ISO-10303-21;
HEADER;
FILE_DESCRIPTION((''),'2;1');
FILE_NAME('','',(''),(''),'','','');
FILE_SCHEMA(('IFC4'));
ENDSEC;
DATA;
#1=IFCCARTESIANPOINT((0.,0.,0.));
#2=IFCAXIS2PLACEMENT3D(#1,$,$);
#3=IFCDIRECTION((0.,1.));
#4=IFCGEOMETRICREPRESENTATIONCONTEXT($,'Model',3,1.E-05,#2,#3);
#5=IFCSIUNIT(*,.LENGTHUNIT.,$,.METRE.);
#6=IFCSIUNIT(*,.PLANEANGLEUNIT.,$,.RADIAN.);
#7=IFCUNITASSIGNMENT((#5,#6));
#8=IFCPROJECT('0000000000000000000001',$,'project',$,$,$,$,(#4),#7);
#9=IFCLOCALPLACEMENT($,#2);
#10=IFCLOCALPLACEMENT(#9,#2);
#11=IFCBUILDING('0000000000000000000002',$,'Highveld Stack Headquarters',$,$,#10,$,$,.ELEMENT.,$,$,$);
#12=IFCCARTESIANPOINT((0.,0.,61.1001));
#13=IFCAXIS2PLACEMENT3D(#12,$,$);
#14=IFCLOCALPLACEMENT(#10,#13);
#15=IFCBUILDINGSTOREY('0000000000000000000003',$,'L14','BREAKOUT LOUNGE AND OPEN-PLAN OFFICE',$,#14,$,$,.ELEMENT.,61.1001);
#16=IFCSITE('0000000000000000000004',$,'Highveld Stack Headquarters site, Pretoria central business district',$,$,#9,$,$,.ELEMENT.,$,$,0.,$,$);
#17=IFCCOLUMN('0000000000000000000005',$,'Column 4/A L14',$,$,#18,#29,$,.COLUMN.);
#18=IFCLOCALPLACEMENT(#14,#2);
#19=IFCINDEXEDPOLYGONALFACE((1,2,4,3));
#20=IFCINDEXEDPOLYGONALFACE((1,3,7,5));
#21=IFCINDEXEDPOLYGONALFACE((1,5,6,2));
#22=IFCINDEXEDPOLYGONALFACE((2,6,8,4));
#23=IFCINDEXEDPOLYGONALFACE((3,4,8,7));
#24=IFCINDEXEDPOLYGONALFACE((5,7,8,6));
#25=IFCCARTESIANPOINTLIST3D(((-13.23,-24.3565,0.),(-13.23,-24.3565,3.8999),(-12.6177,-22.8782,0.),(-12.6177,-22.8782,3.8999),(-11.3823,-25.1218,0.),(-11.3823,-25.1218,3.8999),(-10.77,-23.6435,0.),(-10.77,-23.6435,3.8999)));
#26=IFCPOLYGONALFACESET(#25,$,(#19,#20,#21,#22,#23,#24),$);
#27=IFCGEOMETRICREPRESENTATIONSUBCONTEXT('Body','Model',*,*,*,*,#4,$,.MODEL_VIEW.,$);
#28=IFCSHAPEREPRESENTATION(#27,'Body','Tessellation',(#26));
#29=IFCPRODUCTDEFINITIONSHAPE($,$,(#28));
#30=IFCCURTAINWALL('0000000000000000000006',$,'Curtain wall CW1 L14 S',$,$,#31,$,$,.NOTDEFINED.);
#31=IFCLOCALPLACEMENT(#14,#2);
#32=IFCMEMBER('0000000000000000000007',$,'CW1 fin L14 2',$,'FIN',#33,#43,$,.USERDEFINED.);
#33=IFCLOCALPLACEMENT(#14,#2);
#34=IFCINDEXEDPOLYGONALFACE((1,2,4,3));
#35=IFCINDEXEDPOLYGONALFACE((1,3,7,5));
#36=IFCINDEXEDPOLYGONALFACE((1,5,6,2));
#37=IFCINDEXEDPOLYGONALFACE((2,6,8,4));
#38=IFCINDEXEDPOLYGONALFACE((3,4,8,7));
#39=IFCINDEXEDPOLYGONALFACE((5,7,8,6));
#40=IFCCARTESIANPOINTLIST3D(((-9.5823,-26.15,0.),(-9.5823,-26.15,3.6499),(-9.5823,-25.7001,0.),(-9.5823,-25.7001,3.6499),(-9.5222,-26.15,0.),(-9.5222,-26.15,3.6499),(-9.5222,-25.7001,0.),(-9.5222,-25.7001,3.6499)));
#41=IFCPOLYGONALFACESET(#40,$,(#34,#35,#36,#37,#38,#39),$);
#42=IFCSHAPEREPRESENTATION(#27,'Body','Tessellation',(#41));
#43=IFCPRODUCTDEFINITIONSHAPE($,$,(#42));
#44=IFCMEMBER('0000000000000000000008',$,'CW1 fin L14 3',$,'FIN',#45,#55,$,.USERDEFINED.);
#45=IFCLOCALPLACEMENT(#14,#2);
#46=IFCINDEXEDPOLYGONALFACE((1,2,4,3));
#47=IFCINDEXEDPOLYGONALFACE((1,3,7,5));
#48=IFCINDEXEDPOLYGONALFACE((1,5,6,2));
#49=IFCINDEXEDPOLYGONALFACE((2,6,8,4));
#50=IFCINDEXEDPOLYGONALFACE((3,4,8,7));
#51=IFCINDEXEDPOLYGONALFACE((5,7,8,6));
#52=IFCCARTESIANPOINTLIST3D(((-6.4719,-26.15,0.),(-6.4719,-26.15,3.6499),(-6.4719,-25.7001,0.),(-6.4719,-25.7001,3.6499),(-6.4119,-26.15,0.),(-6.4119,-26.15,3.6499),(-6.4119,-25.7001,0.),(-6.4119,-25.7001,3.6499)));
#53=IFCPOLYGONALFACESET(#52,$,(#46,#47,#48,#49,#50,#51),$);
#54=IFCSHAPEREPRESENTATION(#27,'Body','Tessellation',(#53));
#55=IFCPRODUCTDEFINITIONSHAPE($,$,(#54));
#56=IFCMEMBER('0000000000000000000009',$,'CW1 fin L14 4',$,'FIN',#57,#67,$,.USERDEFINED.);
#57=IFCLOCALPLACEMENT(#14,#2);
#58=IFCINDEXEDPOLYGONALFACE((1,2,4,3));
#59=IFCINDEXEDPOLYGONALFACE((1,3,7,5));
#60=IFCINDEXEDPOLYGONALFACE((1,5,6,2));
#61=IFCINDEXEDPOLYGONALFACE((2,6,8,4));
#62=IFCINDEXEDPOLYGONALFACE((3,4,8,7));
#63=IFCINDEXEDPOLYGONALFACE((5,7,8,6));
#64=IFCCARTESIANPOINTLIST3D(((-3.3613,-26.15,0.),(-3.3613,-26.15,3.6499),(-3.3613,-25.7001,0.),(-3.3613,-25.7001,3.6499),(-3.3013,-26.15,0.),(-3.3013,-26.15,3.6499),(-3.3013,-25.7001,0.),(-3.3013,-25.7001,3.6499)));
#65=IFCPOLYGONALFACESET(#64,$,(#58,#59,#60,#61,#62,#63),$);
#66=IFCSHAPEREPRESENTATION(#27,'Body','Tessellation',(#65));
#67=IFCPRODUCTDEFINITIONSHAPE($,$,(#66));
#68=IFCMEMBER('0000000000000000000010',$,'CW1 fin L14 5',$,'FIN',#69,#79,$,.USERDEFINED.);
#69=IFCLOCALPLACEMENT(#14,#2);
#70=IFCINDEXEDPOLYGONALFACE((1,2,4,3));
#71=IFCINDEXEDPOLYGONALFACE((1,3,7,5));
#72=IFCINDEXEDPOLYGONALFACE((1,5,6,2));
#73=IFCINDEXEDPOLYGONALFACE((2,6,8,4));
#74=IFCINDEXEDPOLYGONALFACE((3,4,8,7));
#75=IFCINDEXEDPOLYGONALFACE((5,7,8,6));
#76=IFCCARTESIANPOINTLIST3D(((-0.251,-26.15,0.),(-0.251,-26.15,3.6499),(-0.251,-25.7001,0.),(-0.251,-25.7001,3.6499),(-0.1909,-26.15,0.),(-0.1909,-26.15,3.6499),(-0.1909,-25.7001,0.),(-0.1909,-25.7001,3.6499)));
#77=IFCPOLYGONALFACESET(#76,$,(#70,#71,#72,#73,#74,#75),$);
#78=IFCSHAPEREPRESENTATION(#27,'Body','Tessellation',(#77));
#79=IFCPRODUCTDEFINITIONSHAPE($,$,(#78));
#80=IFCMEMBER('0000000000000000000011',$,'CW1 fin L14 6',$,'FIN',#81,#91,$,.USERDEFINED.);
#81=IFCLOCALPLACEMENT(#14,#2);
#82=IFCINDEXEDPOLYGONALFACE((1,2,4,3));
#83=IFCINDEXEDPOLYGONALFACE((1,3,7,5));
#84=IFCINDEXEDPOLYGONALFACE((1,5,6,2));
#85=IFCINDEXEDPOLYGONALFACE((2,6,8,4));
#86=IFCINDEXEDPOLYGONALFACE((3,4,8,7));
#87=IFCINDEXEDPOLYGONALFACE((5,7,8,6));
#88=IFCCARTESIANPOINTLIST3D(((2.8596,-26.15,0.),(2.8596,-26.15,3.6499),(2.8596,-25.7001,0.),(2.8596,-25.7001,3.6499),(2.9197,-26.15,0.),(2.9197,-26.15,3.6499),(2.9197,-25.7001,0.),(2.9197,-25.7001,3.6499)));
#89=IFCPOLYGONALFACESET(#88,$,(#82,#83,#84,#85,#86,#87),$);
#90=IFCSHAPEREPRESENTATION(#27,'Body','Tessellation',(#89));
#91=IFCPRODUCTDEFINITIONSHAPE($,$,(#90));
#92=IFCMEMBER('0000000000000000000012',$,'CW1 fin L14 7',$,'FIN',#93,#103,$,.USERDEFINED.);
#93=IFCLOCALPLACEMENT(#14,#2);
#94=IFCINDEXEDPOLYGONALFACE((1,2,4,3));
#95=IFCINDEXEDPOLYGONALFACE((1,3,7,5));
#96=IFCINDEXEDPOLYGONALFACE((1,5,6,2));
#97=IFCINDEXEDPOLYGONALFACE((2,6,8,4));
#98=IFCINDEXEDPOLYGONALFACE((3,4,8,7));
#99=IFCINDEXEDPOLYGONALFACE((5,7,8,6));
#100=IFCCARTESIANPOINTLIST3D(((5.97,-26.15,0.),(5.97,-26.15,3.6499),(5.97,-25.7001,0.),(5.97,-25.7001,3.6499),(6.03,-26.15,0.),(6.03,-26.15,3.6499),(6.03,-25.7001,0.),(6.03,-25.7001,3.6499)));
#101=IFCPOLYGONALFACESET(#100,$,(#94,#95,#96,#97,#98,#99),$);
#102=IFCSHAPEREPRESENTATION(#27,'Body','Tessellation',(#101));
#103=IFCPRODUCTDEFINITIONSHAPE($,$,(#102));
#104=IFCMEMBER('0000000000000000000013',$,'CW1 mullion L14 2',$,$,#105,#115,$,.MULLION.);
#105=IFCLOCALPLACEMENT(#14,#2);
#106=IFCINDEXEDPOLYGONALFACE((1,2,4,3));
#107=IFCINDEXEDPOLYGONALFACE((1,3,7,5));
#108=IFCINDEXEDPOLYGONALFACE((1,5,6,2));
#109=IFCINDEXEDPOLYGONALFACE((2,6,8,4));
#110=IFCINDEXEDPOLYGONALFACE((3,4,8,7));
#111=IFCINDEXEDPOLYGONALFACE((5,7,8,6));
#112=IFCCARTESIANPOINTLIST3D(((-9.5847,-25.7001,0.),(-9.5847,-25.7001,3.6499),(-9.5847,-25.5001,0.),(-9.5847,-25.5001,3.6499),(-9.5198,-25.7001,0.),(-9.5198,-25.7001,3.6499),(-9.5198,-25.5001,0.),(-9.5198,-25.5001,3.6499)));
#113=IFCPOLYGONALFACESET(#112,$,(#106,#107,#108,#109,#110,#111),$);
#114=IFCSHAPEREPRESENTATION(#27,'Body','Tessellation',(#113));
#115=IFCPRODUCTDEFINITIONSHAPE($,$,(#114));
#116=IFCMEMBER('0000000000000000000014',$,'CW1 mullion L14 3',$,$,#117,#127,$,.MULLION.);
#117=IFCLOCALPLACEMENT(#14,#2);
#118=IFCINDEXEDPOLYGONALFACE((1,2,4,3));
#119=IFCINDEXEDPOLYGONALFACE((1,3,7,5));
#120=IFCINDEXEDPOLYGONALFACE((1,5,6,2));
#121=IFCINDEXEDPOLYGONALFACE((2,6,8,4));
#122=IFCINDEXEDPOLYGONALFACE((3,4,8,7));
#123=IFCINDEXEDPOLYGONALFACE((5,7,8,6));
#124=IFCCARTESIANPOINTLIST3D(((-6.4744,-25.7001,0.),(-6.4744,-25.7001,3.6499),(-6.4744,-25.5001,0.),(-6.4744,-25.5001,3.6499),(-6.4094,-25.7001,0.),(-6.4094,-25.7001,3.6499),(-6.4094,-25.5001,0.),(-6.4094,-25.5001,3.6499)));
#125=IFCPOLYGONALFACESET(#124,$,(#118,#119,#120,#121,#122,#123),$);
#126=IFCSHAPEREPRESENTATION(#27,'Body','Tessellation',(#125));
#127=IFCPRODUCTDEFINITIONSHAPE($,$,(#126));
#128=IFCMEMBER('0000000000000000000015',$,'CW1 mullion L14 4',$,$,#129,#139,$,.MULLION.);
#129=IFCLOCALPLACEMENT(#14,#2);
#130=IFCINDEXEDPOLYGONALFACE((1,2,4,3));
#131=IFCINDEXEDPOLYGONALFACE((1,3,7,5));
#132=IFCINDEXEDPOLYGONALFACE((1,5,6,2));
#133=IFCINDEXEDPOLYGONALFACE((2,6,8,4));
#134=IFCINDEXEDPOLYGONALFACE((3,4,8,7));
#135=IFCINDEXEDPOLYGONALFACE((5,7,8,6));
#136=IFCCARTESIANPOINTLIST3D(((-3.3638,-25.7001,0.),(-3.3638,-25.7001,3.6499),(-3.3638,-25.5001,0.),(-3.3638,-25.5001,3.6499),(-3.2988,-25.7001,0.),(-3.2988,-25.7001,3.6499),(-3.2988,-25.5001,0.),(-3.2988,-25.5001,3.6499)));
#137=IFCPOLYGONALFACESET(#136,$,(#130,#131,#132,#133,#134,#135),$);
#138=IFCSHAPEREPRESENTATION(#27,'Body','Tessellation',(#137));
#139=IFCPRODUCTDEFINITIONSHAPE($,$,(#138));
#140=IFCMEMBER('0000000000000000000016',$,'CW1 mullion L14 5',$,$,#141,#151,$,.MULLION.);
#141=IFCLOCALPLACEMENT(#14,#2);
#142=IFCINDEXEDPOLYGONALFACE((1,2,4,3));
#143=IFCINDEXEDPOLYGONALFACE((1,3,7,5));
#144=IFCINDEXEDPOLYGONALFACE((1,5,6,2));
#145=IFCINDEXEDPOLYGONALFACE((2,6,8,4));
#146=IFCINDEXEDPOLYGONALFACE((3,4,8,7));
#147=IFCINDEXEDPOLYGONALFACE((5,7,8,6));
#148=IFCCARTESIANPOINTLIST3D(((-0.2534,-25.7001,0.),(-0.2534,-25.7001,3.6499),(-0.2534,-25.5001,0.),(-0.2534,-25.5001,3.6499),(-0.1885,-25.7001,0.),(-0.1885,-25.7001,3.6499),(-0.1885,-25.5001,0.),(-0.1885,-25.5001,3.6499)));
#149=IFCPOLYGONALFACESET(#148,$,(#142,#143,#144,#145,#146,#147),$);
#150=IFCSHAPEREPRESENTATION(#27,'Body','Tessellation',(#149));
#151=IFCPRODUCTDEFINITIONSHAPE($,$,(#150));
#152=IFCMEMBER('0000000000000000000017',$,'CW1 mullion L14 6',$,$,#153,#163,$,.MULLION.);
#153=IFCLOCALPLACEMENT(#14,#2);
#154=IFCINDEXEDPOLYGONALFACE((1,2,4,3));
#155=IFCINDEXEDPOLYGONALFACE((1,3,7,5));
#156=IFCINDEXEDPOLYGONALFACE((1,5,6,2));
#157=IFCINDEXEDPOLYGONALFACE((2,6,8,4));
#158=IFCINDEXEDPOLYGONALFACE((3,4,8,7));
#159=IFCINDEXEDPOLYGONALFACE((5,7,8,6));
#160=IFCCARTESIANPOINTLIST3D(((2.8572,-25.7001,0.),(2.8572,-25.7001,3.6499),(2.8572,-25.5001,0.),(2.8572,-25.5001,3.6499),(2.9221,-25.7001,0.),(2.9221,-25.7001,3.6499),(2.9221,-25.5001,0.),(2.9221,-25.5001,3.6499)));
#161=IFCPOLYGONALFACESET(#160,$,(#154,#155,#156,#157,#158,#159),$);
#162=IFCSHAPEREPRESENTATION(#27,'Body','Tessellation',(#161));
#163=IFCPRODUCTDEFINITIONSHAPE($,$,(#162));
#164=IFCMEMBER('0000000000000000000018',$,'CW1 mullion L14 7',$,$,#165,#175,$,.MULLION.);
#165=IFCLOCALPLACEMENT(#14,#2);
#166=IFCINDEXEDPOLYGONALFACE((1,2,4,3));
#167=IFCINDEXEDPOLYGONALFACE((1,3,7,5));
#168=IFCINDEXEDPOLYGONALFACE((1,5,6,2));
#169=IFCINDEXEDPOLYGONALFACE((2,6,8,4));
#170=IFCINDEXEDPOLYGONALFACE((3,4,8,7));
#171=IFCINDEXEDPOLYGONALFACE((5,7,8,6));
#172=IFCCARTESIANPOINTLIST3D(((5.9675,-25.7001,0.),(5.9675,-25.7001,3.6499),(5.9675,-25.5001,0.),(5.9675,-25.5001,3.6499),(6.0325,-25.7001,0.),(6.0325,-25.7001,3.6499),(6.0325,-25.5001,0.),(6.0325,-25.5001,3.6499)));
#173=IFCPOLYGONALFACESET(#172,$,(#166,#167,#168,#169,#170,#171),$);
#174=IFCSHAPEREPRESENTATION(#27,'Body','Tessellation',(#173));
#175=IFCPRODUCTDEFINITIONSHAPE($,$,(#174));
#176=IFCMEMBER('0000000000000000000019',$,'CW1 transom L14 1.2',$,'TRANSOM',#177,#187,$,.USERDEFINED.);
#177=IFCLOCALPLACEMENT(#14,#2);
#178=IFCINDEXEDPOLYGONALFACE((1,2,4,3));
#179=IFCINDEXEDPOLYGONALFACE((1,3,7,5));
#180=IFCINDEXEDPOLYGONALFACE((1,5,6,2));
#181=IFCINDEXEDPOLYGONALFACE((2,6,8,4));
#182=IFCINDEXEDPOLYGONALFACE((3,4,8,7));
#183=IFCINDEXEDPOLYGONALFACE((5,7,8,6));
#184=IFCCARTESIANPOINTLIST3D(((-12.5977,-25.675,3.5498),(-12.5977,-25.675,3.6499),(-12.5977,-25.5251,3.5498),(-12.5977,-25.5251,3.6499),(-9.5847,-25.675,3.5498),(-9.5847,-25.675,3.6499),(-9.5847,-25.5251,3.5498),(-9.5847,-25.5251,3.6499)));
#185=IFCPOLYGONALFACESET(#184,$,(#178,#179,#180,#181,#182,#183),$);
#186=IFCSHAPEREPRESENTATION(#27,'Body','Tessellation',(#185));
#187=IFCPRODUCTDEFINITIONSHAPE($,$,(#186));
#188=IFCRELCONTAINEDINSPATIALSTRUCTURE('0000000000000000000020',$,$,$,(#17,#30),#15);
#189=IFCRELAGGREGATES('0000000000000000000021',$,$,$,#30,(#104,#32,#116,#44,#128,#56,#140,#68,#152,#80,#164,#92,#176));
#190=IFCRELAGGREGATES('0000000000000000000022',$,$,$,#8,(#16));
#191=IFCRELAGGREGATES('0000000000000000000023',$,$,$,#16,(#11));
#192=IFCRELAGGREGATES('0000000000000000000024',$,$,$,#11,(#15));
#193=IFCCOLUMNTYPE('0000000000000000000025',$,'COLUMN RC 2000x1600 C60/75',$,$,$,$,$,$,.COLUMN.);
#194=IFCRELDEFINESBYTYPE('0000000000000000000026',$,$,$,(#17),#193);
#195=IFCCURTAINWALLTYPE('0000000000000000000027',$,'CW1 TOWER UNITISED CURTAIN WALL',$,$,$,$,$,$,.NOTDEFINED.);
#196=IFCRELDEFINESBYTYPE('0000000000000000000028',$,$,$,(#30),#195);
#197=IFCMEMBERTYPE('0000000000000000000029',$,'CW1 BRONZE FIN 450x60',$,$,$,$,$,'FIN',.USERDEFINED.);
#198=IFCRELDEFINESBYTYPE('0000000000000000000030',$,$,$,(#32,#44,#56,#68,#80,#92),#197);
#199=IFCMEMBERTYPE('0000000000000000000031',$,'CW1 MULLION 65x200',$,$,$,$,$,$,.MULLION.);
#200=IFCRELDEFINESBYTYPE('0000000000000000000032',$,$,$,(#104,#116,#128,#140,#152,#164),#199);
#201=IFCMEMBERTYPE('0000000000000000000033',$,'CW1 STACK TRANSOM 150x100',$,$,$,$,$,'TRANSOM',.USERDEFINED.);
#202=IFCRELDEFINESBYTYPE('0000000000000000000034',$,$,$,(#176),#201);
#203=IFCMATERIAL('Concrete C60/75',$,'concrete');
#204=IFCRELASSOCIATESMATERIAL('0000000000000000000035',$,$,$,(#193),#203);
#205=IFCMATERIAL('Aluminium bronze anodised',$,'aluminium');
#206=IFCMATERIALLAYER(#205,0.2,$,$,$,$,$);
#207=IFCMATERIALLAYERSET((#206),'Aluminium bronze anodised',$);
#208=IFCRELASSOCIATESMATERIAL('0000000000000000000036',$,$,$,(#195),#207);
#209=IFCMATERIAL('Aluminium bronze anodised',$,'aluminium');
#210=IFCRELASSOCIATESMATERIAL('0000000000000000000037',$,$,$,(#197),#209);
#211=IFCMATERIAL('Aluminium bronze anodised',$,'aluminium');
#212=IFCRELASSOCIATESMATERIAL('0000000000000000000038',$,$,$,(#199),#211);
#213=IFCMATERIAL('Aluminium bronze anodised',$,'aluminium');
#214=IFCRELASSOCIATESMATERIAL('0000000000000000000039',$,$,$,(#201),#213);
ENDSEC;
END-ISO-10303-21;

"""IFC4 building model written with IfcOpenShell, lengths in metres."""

from ifc_helpers import new_model, si_unit, direction, frame, origin, origin_2d, place, context, subcontext, project, spatial, rectangle, extrude, material, layer, layer_set, material_profile, profile_set, type_object, element, aggregate, save


model = new_model("IFC4")

# Units and contexts
model_context = context("Model", 3, precision=1e-05, world=origin(), true_north=direction((0.0, 1.0)))
body_context = subcontext(model_context, "Body", "Model", "MODEL_VIEW")
ifc_project = project(units=[si_unit("LENGTHUNIT", "METRE"), si_unit("PLANEANGLEUNIT", "RADIAN")], contexts=[model_context])

# Site, building, storey
site_placement = place(None, origin())
site = spatial("IfcSite", under=ifc_project, at=site_placement, Name="Highveld Stack Headquarters site, Pretoria central business district", CompositionType="ELEMENT", RefElevation=0.0)
building_placement = place(site_placement, origin())
building = spatial("IfcBuilding", under=site, at=building_placement, Name="Highveld Stack Headquarters", CompositionType="ELEMENT")
storey_placement = place(building_placement, frame((0.0, 0.0, 61.1001)))
storey = spatial("IfcBuildingStorey", under=building, at=storey_placement, Name="L14", Description="BREAKOUT LOUNGE AND OPEN-PLAN OFFICE", CompositionType="ELEMENT", Elevation=61.1001)

# Column
ifc_material_1 = material(Name="Concrete C60/75", Category="concrete")
ifc_material_profile_1 = material_profile(ifc_material_1, rectangle(XDim=2.0, YDim=1.6001, at=origin_2d()), Name="RC 2000x1600")
ifc_profile_set_1 = profile_set([ifc_material_profile_1], Name="Concrete C60/75")
column_type = type_object("IfcColumnType", Name="COLUMN RC 2000x1600 C60/75", PredefinedType="COLUMN", material=ifc_profile_set_1)
column_placement = place(storey_placement, frame((-12.0, -24.0, 0.0), z_axis=(0.0, 0.0, 1.0), x_axis=(-0.92388, 0.382683, 0.0)))
element("IfcColumn", 1, at=column_placement, inside=storey, type_object=column_type, Name="Column 4/A L14", PredefinedType="COLUMN", context=body_context, shape_type="SweptSolid", body=[
    extrude(rectangle(XDim=2.0, YDim=1.6001, at=origin_2d()), origin(), (0.0, 0.0, 1.0), 3.8999),
])

# Curtain wall, members
ifc_material_2 = material(Name="Aluminium bronze anodised", Category="aluminium")
ifc_layer_1 = layer(ifc_material_2, 0.2)
ifc_layer_set_1 = layer_set([ifc_layer_1], Name="Aluminium bronze anodised")
curtain_wall_type = type_object("IfcCurtainWallType", Name="CW1 TOWER UNITISED CURTAIN WALL", PredefinedType="NOTDEFINED", material=ifc_layer_set_1)
curtain_wall_placement = place(storey_placement, origin())
curtain_wall = element("IfcCurtainWall", 2, at=curtain_wall_placement, inside=storey, type_object=curtain_wall_type, Name="Curtain wall CW1 L14 S", PredefinedType="NOTDEFINED")
ifc_material_3 = material(Name="Aluminium bronze anodised", Category="aluminium")
ifc_material_profile_2 = material_profile(ifc_material_3, rectangle(XDim=0.45, YDim=0.0601, at=origin_2d()), Name="FIN 450x60")
ifc_profile_set_2 = profile_set([ifc_material_profile_2], Name="Aluminium bronze anodised")
member_type_1 = type_object("IfcMemberType", Name="CW1 BRONZE FIN 450x60", ElementType="FIN", PredefinedType="USERDEFINED", material=ifc_profile_set_2)
member_1_placement = place(storey_placement, frame((-9.5522, -25.925, 0.0), z_axis=(0.0, 0.0, 1.0), x_axis=(0.0, 1.0, 0.0)))
member_1 = element("IfcMember", 3, at=member_1_placement, type_object=member_type_1, Name="CW1 fin L14 2", ObjectType="FIN", PredefinedType="USERDEFINED", context=body_context, shape_type="SweptSolid", body=[
    extrude(rectangle(XDim=0.45, YDim=0.0601, at=origin_2d()), origin(), (0.0, 0.0, 1.0), 3.6499),
])
member_2_placement = place(storey_placement, frame((-6.4419, -25.925, 0.0), z_axis=(0.0, 0.0, 1.0), x_axis=(0.0, 1.0, 0.0)))
member_2 = element("IfcMember", 4, at=member_2_placement, type_object=member_type_1, Name="CW1 fin L14 3", ObjectType="FIN", PredefinedType="USERDEFINED", context=body_context, shape_type="SweptSolid", body=[
    extrude(rectangle(XDim=0.45, YDim=0.0601, at=origin_2d()), origin(), (0.0, 0.0, 1.0), 3.6499),
])
member_3_placement = place(storey_placement, frame((-3.3313, -25.925, 0.0), z_axis=(0.0, 0.0, 1.0), x_axis=(0.0, 1.0, 0.0)))
member_3 = element("IfcMember", 5, at=member_3_placement, type_object=member_type_1, Name="CW1 fin L14 4", ObjectType="FIN", PredefinedType="USERDEFINED", context=body_context, shape_type="SweptSolid", body=[
    extrude(rectangle(XDim=0.45, YDim=0.0601, at=origin_2d()), origin(), (0.0, 0.0, 1.0), 3.6499),
])
member_4_placement = place(storey_placement, frame((-0.2209, -25.925, 0.0), z_axis=(0.0, 0.0, 1.0), x_axis=(0.0, 1.0, 0.0)))
member_4 = element("IfcMember", 6, at=member_4_placement, type_object=member_type_1, Name="CW1 fin L14 5", ObjectType="FIN", PredefinedType="USERDEFINED", context=body_context, shape_type="SweptSolid", body=[
    extrude(rectangle(XDim=0.45, YDim=0.0601, at=origin_2d()), origin(), (0.0, 0.0, 1.0), 3.6499),
])
member_5_placement = place(storey_placement, frame((2.8896, -25.925, 0.0), z_axis=(0.0, 0.0, 1.0), x_axis=(0.0, 1.0, 0.0)))
member_5 = element("IfcMember", 7, at=member_5_placement, type_object=member_type_1, Name="CW1 fin L14 6", ObjectType="FIN", PredefinedType="USERDEFINED", context=body_context, shape_type="SweptSolid", body=[
    extrude(rectangle(XDim=0.45, YDim=0.0601, at=origin_2d()), origin(), (0.0, 0.0, 1.0), 3.6499),
])
member_6_placement = place(storey_placement, frame((6.0, -25.925, 0.0), z_axis=(0.0, 0.0, 1.0), x_axis=(0.0, 1.0, 0.0)))
member_6 = element("IfcMember", 8, at=member_6_placement, type_object=member_type_1, Name="CW1 fin L14 7", ObjectType="FIN", PredefinedType="USERDEFINED", context=body_context, shape_type="SweptSolid", body=[
    extrude(rectangle(XDim=0.45, YDim=0.0601, at=origin_2d()), origin(), (0.0, 0.0, 1.0), 3.6499),
])
ifc_material_4 = material(Name="Aluminium bronze anodised", Category="aluminium")
ifc_material_profile_3 = material_profile(ifc_material_4, rectangle(XDim=0.2, YDim=0.0649, at=origin_2d()), Name="CW1 MULLION 65x200")
ifc_profile_set_3 = profile_set([ifc_material_profile_3], Name="Aluminium bronze anodised")
member_type_2 = type_object("IfcMemberType", Name="CW1 MULLION 65x200", PredefinedType="MULLION", material=ifc_profile_set_3)
member_7_placement = place(storey_placement, frame((-9.5522, -25.6001, 0.0), z_axis=(0.0, 0.0, 1.0), x_axis=(0.0, 1.0, 0.0)))
member_7 = element("IfcMember", 9, at=member_7_placement, type_object=member_type_2, Name="CW1 mullion L14 2", PredefinedType="MULLION", context=body_context, shape_type="SweptSolid", body=[
    extrude(rectangle(XDim=0.2, YDim=0.0649, at=origin_2d()), origin(), (0.0, 0.0, 1.0), 3.6499),
])
member_8_placement = place(storey_placement, frame((-6.4419, -25.6001, 0.0), z_axis=(0.0, 0.0, 1.0), x_axis=(0.0, 1.0, 0.0)))
member_8 = element("IfcMember", 10, at=member_8_placement, type_object=member_type_2, Name="CW1 mullion L14 3", PredefinedType="MULLION", context=body_context, shape_type="SweptSolid", body=[
    extrude(rectangle(XDim=0.2, YDim=0.0649, at=origin_2d()), origin(), (0.0, 0.0, 1.0), 3.6499),
])
member_9_placement = place(storey_placement, frame((-3.3313, -25.6001, 0.0), z_axis=(0.0, 0.0, 1.0), x_axis=(0.0, 1.0, 0.0)))
member_9 = element("IfcMember", 11, at=member_9_placement, type_object=member_type_2, Name="CW1 mullion L14 4", PredefinedType="MULLION", context=body_context, shape_type="SweptSolid", body=[
    extrude(rectangle(XDim=0.2, YDim=0.0649, at=origin_2d()), origin(), (0.0, 0.0, 1.0), 3.6499),
])
member_10_placement = place(storey_placement, frame((-0.2209, -25.6001, 0.0), z_axis=(0.0, 0.0, 1.0), x_axis=(0.0, 1.0, 0.0)))
member_10 = element("IfcMember", 12, at=member_10_placement, type_object=member_type_2, Name="CW1 mullion L14 5", PredefinedType="MULLION", context=body_context, shape_type="SweptSolid", body=[
    extrude(rectangle(XDim=0.2, YDim=0.0649, at=origin_2d()), origin(), (0.0, 0.0, 1.0), 3.6499),
])
member_11_placement = place(storey_placement, frame((2.8896, -25.6001, 0.0), z_axis=(0.0, 0.0, 1.0), x_axis=(0.0, 1.0, 0.0)))
member_11 = element("IfcMember", 13, at=member_11_placement, type_object=member_type_2, Name="CW1 mullion L14 6", PredefinedType="MULLION", context=body_context, shape_type="SweptSolid", body=[
    extrude(rectangle(XDim=0.2, YDim=0.0649, at=origin_2d()), origin(), (0.0, 0.0, 1.0), 3.6499),
])
member_12_placement = place(storey_placement, frame((6.0, -25.6001, 0.0), z_axis=(0.0, 0.0, 1.0), x_axis=(0.0, 1.0, 0.0)))
member_12 = element("IfcMember", 14, at=member_12_placement, type_object=member_type_2, Name="CW1 mullion L14 7", PredefinedType="MULLION", context=body_context, shape_type="SweptSolid", body=[
    extrude(rectangle(XDim=0.2, YDim=0.0649, at=origin_2d()), origin(), (0.0, 0.0, 1.0), 3.6499),
])
ifc_material_5 = material(Name="Aluminium bronze anodised", Category="aluminium")
ifc_material_profile_4 = material_profile(ifc_material_5, rectangle(XDim=0.1499, YDim=0.1001, at=origin_2d()), Name="CW1 TRANSOM 150x100")
ifc_profile_set_4 = profile_set([ifc_material_profile_4], Name="Aluminium bronze anodised")
member_type_3 = type_object("IfcMemberType", Name="CW1 STACK TRANSOM 150x100", ElementType="TRANSOM", PredefinedType="USERDEFINED", material=ifc_profile_set_4)
member_13_placement = place(storey_placement, frame((-12.5977, -25.6001, 3.5999), z_axis=(1.0, 0.0, 0.0), x_axis=(0.0, 1.0, 0.0)))
member_13 = element("IfcMember", 15, at=member_13_placement, type_object=member_type_3, Name="CW1 transom L14 1.2", ObjectType="TRANSOM", PredefinedType="USERDEFINED", context=body_context, shape_type="SweptSolid", body=[
    extrude(rectangle(XDim=0.1499, YDim=0.1001, at=origin_2d()), origin(), (0.0, 0.0, 1.0), 3.0129),
])
aggregate(curtain_wall, [member_7, member_1, member_8, member_2, member_9, member_3, member_10, member_4, member_11, member_5, member_12, member_6, member_13])

save(model, "model.ifc")
